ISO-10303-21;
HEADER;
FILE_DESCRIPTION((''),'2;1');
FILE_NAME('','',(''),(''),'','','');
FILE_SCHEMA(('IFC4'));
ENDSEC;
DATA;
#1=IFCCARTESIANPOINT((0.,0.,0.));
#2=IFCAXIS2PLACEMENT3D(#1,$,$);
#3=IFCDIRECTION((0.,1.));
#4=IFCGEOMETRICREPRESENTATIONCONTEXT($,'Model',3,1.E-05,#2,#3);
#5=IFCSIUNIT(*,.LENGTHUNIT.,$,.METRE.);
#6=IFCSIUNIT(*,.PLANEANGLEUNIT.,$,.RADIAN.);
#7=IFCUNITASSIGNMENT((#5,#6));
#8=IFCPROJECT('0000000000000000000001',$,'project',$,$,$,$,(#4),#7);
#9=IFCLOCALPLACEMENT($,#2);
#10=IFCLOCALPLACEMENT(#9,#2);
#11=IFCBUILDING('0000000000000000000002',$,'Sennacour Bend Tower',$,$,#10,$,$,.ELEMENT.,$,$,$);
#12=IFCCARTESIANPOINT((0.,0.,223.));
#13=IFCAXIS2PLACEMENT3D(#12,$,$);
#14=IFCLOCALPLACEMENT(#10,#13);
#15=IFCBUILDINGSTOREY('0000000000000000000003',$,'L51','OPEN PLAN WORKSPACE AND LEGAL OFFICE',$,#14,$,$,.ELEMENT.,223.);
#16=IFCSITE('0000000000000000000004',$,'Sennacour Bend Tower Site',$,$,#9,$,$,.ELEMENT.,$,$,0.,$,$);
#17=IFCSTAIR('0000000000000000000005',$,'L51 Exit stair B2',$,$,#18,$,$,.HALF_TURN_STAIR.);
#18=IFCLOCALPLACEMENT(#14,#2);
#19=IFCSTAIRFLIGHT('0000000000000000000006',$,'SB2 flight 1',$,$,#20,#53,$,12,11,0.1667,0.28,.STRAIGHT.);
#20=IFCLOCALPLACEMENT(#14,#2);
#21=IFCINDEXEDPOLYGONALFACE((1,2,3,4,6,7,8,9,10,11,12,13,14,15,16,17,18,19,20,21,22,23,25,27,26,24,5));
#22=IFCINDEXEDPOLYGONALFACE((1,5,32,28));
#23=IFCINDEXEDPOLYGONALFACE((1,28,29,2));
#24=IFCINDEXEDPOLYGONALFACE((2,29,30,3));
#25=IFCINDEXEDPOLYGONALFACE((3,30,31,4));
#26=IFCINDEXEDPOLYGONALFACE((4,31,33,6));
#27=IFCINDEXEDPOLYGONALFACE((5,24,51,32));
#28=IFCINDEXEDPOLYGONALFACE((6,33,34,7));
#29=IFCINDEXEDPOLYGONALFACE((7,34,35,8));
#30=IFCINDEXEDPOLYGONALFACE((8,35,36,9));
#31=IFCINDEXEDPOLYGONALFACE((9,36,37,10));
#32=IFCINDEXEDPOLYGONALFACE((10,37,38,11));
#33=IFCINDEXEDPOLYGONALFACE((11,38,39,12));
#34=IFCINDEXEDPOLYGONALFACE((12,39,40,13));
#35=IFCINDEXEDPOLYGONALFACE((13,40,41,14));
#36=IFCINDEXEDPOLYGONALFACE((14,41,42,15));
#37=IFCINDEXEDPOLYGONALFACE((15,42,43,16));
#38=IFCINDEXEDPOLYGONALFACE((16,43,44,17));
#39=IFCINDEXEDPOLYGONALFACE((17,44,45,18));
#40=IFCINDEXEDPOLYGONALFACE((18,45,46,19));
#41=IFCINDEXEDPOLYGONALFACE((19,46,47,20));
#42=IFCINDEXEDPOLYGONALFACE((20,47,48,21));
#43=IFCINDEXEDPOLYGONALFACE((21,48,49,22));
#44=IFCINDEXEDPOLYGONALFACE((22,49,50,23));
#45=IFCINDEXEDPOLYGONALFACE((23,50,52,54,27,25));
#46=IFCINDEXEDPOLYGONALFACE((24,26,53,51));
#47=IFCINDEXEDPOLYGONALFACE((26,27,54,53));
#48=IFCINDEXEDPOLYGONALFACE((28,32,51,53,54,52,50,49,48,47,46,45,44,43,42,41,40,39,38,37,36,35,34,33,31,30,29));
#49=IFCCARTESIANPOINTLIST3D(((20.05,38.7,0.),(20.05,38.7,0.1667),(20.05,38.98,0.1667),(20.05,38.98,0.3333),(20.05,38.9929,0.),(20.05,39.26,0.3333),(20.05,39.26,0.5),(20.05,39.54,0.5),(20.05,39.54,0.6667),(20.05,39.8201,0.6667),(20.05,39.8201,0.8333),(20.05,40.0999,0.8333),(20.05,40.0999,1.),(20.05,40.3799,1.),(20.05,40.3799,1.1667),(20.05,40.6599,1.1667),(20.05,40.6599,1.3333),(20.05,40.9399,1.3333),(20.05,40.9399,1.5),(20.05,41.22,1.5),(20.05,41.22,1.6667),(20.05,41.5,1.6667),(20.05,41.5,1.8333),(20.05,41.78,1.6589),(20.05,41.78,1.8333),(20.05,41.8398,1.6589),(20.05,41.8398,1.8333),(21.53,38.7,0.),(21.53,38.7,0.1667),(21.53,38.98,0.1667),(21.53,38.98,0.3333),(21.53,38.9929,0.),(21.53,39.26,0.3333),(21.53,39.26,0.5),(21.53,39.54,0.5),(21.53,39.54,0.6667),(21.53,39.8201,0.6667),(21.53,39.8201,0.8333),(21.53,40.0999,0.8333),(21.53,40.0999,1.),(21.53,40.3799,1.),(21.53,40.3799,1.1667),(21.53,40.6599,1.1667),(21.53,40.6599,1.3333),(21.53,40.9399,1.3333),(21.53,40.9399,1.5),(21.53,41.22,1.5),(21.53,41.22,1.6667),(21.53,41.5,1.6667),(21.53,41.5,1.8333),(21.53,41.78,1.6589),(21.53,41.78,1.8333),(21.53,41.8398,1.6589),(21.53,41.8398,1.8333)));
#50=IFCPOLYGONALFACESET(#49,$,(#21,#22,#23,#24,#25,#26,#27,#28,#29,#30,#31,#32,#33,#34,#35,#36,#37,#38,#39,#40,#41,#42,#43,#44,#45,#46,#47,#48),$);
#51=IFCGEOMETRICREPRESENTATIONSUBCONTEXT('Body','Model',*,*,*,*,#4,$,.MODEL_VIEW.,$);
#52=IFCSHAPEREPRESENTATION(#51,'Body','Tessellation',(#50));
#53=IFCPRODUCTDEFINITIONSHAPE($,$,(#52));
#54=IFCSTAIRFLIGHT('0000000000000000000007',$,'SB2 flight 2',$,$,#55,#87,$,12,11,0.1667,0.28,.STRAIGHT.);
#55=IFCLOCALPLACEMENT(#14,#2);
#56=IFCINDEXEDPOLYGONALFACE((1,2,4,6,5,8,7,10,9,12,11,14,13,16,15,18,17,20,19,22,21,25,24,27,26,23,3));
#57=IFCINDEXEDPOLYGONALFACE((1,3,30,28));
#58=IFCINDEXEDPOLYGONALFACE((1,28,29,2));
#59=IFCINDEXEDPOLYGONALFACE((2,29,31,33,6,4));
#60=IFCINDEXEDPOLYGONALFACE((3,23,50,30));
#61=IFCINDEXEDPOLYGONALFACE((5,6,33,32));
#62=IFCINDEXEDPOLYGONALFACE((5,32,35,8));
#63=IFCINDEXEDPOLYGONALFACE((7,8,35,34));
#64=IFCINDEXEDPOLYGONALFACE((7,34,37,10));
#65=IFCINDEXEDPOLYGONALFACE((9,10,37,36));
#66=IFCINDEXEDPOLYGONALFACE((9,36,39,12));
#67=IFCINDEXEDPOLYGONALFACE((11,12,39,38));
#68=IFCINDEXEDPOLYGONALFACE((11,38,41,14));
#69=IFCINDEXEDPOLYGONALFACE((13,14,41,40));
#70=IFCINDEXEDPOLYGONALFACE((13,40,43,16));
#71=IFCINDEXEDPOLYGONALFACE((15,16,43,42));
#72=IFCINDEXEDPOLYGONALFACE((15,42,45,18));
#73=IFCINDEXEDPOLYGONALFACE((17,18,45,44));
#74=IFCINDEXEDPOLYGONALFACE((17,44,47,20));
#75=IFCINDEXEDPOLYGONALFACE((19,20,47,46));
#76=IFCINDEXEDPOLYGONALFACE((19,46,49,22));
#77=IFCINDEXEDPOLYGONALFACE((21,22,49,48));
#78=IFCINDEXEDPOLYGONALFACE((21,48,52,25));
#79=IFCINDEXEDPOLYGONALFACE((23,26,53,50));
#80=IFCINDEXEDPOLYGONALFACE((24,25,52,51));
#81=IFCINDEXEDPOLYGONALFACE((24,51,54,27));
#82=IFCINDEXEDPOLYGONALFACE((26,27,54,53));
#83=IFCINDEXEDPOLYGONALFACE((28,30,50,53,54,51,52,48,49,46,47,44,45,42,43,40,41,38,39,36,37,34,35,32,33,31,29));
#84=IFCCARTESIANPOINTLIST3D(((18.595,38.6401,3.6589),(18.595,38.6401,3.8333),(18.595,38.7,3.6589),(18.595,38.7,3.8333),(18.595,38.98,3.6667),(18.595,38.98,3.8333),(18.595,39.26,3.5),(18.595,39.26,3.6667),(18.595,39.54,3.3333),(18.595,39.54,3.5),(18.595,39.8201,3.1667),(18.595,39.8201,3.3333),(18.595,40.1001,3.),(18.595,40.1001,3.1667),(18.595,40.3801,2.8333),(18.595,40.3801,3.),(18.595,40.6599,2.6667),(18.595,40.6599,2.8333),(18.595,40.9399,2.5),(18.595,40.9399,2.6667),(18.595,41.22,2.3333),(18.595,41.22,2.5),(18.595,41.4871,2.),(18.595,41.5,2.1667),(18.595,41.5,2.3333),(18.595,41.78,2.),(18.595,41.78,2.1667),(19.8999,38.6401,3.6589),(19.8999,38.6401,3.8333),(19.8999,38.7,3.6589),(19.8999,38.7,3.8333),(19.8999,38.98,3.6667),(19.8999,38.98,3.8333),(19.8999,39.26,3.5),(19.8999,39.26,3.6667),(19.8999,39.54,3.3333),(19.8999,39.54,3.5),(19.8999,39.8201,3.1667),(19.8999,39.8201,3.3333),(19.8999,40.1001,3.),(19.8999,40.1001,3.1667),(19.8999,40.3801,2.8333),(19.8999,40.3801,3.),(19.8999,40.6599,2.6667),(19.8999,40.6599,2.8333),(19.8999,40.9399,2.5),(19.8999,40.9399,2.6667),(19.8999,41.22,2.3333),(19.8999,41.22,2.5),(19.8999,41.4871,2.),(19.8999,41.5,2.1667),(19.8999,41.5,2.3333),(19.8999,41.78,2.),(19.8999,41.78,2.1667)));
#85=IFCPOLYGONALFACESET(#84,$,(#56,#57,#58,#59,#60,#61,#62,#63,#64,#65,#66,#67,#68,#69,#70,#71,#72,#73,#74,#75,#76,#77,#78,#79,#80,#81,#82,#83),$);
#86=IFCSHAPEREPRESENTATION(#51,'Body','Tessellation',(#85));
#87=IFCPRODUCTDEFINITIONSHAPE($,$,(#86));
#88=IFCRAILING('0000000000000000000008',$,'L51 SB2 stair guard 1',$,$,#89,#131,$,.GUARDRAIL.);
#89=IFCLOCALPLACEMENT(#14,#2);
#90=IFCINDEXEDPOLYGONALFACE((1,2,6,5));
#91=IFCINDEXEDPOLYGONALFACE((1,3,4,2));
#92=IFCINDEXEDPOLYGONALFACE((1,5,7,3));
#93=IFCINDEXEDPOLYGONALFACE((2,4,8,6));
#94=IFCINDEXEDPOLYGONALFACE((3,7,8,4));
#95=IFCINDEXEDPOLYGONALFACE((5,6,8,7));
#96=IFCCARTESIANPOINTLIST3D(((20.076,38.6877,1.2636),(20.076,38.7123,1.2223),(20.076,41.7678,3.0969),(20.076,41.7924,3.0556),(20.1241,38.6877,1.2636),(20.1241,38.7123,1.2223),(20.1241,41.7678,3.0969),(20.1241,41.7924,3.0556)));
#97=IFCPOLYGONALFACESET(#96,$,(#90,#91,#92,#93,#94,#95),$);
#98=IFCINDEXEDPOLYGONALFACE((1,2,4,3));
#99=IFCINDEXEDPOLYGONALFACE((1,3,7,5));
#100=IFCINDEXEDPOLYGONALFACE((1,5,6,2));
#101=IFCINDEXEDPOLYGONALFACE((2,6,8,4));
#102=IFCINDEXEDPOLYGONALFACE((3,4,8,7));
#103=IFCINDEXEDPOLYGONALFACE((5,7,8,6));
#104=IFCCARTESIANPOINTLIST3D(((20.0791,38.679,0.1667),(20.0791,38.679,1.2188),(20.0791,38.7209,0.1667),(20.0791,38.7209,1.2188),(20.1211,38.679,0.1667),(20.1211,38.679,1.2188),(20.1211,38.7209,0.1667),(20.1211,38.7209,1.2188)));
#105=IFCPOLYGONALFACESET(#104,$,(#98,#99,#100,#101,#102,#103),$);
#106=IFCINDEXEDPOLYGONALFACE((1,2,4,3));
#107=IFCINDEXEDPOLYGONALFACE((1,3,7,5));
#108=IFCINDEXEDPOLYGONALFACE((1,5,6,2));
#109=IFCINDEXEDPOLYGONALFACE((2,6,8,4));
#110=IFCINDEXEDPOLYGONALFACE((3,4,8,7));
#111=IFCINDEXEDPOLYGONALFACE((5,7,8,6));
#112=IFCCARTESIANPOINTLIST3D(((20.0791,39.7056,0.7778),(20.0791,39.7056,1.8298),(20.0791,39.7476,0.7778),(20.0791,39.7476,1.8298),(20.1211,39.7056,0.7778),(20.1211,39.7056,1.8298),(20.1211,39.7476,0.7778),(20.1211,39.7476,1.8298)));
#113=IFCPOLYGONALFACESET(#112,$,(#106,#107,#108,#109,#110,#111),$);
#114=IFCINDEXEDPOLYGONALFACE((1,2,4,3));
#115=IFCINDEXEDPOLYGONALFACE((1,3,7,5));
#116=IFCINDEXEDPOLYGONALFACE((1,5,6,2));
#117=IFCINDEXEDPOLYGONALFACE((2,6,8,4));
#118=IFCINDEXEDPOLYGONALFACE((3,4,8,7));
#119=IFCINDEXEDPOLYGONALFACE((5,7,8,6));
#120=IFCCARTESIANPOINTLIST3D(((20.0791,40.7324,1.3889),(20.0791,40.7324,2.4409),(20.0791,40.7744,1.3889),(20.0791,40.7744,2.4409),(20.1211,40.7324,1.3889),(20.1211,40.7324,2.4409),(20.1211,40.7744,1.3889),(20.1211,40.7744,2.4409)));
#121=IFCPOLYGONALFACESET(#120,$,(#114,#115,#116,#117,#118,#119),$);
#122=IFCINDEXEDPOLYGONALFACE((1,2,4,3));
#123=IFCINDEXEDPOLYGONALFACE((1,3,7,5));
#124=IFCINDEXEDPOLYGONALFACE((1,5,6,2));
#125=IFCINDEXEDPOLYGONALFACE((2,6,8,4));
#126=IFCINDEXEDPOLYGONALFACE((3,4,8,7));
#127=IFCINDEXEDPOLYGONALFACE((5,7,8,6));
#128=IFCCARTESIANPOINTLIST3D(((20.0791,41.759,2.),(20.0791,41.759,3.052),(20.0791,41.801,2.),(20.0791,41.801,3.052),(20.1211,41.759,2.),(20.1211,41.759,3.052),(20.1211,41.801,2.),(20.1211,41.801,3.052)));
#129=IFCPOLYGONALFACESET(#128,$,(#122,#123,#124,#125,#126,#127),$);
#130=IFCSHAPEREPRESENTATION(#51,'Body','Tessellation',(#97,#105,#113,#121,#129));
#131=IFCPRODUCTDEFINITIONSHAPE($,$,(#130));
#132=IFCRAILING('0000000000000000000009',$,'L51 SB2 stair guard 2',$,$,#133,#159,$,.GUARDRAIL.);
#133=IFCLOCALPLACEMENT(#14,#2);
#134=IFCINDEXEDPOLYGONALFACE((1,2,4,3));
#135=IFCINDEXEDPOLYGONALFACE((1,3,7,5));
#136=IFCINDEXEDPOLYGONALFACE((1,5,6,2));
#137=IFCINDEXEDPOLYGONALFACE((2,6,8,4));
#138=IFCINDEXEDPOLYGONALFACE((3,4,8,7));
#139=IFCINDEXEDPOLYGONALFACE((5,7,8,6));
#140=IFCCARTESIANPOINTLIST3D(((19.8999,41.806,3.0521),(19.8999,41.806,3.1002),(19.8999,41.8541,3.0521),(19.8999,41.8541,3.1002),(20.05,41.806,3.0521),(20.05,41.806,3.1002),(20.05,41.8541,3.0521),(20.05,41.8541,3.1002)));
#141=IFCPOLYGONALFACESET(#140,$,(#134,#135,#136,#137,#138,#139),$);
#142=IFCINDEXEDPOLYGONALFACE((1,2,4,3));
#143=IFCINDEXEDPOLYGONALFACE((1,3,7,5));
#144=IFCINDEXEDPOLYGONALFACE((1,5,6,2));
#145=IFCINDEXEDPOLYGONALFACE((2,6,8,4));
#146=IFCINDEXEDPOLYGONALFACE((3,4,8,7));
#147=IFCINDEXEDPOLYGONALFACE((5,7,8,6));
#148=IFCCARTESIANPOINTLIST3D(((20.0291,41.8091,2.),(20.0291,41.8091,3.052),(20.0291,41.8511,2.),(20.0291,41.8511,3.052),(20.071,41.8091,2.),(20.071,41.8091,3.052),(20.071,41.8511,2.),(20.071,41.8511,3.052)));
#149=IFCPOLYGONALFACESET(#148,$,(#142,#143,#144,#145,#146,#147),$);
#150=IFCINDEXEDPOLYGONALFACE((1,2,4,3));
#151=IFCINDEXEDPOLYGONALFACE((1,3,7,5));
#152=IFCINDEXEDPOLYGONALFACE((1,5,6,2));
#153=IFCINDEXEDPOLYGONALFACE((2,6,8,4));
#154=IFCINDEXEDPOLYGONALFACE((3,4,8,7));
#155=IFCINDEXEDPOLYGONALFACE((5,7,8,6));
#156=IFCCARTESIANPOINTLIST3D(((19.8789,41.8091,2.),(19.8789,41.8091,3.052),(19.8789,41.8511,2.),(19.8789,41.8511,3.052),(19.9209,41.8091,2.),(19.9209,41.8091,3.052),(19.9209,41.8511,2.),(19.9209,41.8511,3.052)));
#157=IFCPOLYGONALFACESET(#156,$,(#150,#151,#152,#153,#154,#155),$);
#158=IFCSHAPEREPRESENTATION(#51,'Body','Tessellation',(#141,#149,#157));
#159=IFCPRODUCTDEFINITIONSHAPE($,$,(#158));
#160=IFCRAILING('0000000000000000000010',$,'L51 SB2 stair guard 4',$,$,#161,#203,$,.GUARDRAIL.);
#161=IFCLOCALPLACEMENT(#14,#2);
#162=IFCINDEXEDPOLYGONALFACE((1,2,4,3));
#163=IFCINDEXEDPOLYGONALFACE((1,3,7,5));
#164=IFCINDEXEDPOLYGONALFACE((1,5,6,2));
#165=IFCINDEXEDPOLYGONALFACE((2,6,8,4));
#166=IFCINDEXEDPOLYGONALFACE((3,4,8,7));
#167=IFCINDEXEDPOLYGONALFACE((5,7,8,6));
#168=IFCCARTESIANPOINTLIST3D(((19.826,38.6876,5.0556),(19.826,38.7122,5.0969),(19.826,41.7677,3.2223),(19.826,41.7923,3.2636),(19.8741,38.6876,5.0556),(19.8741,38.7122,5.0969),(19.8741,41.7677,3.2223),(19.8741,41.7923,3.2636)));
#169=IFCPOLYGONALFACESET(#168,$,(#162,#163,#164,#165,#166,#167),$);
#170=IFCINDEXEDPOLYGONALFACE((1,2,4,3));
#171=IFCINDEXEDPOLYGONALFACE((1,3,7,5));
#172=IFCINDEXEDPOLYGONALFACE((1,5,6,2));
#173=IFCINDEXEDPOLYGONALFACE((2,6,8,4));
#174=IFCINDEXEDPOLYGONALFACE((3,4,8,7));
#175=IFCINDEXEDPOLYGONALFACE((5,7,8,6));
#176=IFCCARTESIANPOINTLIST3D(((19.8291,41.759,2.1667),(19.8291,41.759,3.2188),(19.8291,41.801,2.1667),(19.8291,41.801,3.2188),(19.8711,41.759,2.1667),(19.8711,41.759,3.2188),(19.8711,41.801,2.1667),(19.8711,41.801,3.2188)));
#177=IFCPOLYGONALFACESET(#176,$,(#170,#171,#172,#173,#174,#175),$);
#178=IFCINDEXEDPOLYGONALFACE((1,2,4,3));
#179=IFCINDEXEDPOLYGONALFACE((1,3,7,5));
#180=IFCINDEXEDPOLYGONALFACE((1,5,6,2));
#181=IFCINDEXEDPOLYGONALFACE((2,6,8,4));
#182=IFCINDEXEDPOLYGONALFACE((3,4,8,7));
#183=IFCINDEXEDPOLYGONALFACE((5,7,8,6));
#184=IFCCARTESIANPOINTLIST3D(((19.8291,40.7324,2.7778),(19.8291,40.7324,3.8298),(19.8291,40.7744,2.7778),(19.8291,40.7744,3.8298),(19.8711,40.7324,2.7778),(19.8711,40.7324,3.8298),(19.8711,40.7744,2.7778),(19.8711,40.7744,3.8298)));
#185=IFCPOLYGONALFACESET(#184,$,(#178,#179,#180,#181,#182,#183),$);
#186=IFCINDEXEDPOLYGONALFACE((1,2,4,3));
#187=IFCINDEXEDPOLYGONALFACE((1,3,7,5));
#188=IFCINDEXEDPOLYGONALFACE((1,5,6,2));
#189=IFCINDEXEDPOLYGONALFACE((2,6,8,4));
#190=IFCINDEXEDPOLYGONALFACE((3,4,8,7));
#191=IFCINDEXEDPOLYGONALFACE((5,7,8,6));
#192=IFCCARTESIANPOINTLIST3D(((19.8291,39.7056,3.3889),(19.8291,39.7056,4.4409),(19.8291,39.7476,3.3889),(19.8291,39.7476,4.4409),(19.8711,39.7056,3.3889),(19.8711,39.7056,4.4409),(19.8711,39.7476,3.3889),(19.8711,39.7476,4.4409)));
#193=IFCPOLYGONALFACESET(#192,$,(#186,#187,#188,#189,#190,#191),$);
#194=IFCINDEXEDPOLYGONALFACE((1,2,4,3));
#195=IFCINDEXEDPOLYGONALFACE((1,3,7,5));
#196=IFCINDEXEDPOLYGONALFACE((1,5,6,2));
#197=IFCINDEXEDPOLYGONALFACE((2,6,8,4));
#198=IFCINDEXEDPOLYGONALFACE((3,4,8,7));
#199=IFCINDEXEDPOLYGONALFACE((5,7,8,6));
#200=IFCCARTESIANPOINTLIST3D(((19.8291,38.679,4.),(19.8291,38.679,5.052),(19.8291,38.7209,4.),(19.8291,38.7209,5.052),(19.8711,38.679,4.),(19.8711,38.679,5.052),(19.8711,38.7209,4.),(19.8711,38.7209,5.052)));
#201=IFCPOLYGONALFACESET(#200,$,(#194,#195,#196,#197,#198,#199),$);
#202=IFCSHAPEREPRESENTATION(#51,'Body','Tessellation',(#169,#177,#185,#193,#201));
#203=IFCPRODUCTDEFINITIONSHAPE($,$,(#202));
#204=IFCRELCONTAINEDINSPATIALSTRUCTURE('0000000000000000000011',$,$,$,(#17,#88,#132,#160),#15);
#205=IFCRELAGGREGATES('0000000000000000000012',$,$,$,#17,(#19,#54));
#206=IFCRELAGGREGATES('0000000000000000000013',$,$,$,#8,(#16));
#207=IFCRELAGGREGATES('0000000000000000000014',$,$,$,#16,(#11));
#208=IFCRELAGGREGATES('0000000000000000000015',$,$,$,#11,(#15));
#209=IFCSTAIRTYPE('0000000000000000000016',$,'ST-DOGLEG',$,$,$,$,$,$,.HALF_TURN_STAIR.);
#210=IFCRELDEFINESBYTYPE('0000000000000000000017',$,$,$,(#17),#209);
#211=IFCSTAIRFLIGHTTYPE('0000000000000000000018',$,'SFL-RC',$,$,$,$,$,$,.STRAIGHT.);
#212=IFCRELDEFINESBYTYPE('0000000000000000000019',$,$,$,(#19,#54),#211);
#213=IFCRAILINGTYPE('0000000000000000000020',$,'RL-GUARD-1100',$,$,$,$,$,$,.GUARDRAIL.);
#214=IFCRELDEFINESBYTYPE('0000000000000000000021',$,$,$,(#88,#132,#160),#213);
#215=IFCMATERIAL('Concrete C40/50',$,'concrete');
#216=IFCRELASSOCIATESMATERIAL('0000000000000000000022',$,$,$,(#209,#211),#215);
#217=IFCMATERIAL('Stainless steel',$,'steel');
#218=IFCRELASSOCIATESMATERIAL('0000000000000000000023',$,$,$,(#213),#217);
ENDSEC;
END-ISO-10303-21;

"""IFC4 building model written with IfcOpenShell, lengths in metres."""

from ifc_helpers import new_model, si_unit, direction, frame, origin, origin_2d, place, context, subcontext, project, spatial, polyline, rectangle, outline, extrude, material, type_object, element, aggregate, save


model = new_model("IFC4")

# Units and contexts
model_context = context("Model", 3, precision=1e-05, world=origin(), true_north=direction((0.0, 1.0)))
body_context = subcontext(model_context, "Body", "Model", "MODEL_VIEW")
ifc_project = project(units=[si_unit("LENGTHUNIT", "METRE"), si_unit("PLANEANGLEUNIT", "RADIAN")], contexts=[model_context])

# Site, building, storey
site_placement = place(None, origin())
site = spatial("IfcSite", under=ifc_project, at=site_placement, Name="Sennacour Bend Tower Site", CompositionType="ELEMENT", RefElevation=0.0)
building_placement = place(site_placement, origin())
building = spatial("IfcBuilding", under=site, at=building_placement, Name="Sennacour Bend Tower", CompositionType="ELEMENT")
storey_placement = place(building_placement, frame((0.0, 0.0, 223.0)))
storey = spatial("IfcBuildingStorey", under=building, at=storey_placement, Name="L51", Description="OPEN PLAN WORKSPACE AND LEGAL OFFICE", CompositionType="ELEMENT", Elevation=223.0)

# Shared definitions
ifc_material_1 = material(Name="Stainless steel", Category="steel")

# Stair, stair flights
ifc_material_2 = material(Name="Concrete C40/50", Category="concrete")
stair_type = type_object("IfcStairType", Name="ST-DOGLEG", PredefinedType="HALF_TURN_STAIR", material=ifc_material_2)
stair_placement = place(storey_placement, origin())
stair = element("IfcStair", 1, at=stair_placement, inside=storey, type_object=stair_type, Name="L51 Exit stair B2", PredefinedType="HALF_TURN_STAIR")
stair_flight_type = type_object("IfcStairFlightType", Name="SFL-RC", PredefinedType="STRAIGHT", material=ifc_material_2)
stair_flight_1_placement = place(storey_placement, frame((20.79, 38.7, 0.0), z_axis=(0.0, 0.0, 1.0), x_axis=(0.0, 1.0, 0.0)))
stair_flight_1 = element("IfcStairFlight", 2, at=stair_flight_1_placement, type_object=stair_flight_type, Name="SB2 flight 1", NumberOfRisers=12, NumberOfTreads=11, PredefinedType="STRAIGHT", RiserHeight=0.1667, TreadLength=0.28, context=body_context, shape_type="SweptSolid", body=[
    extrude(outline(polyline([(0.0, 0.0), (0.0, 0.1667), (0.28, 0.1667), (0.28, 0.3333), (0.5601, 0.3333), (0.5601, 0.5), (0.8401, 0.5), (0.8401, 0.6667), (1.1201, 0.6667), (1.1201, 0.8333), (1.3999, 0.8333), (1.3999, 1.0), (1.6799, 1.0), (1.6799, 1.1667), (1.96, 1.1667), (1.96, 1.3333), (2.24, 1.3333), (2.24, 1.5), (2.52, 1.5), (2.52, 1.6667), (2.8, 1.6667), (2.8, 1.8333), (3.0801, 1.8333), (3.1399, 1.8333), (3.1399, 1.6589), (3.0801, 1.6589), (0.293, 0.0), (0.0, 0.0)])), frame((0.0, 0.74, 0.0), z_axis=(0.0, -1.0, 0.0), x_axis=(1.0, 0.0, 0.0)), (0.0, 0.0, 1.0), 1.48),
])
stair_flight_2_placement = place(storey_placement, frame((19.2476, 41.78, 2.0), z_axis=(0.0, 0.0, 1.0), x_axis=(0.0, -1.0, 0.0)))
stair_flight_2 = element("IfcStairFlight", 3, at=stair_flight_2_placement, type_object=stair_flight_type, Name="SB2 flight 2", NumberOfRisers=12, NumberOfTreads=11, PredefinedType="STRAIGHT", RiserHeight=0.1667, TreadLength=0.28, context=body_context, shape_type="SweptSolid", body=[
    extrude(outline(polyline([(0.0, 0.0), (0.0, 0.1667), (0.28, 0.1667), (0.28, 0.3333), (0.5601, 0.3333), (0.5601, 0.5), (0.8401, 0.5), (0.8401, 0.6667), (1.1201, 0.6667), (1.1201, 0.8333), (1.3999, 0.8333), (1.3999, 1.0), (1.6799, 1.0), (1.6799, 1.1667), (1.96, 1.1667), (1.96, 1.3333), (2.24, 1.3333), (2.24, 1.5), (2.52, 1.5), (2.52, 1.6667), (2.8, 1.6667), (2.8, 1.8333), (3.0801, 1.8333), (3.1399, 1.8333), (3.1399, 1.6589), (3.0801, 1.6589), (0.293, 0.0), (0.0, 0.0)])), frame((0.0, 0.6523, 0.0), z_axis=(0.0, -1.0, 0.0), x_axis=(1.0, 0.0, 0.0)), (0.0, 0.0, 1.0), 1.3049),
])
aggregate(stair, [stair_flight_1, stair_flight_2])

# Railings
railing_type_1 = type_object("IfcRailingType", Name="RL-GUARD-1100", PredefinedType="GUARDRAIL", material=ifc_material_1)
railing_1_placement = place(storey_placement, frame((20.1001, 38.7, 0.1667)))
element("IfcRailing", 4, at=railing_1_placement, inside=storey, type_object=railing_type_1, Name="L51 SB2 stair guard 1", PredefinedType="GUARDRAIL", context=body_context, shape_type="SweptSolid", body=[
    extrude(rectangle(XDim=0.0481, YDim=0.0481, at=origin_2d()), frame((0.0, 0.0, 1.0762), z_axis=(0.0, 0.859309, 0.511458), x_axis=(-1.0, 0.0, 0.0)), (0.0, 0.0, 1.0), 3.5845),
    extrude(rectangle(XDim=0.042, YDim=0.042, at=origin_2d()), origin(), (0.0, 0.0, 1.0), 1.052),
    extrude(rectangle(XDim=0.042, YDim=0.042, at=origin_2d()), frame((0.0, 1.0266, 0.6111)), (0.0, 0.0, 1.0), 1.052),
    extrude(rectangle(XDim=0.042, YDim=0.042, at=origin_2d()), frame((0.0, 2.0535, 1.2222)), (0.0, 0.0, 1.0), 1.052),
    extrude(rectangle(XDim=0.042, YDim=0.042, at=origin_2d()), frame((0.0, 3.0801, 1.8333)), (0.0, 0.0, 1.0), 1.052),
])
railing_2_placement = place(storey_placement, frame((20.05, 41.8301, 2.0)))
element("IfcRailing", 5, at=railing_2_placement, inside=storey, type_object=railing_type_1, Name="L51 SB2 stair guard 2", PredefinedType="GUARDRAIL", context=body_context, shape_type="SweptSolid", body=[
    extrude(rectangle(XDim=0.0481, YDim=0.0481, at=origin_2d()), frame((0.0, 0.0, 1.0762), z_axis=(-1.0, 0.0, 0.0), x_axis=(0.0, -1.0, 0.0)), (0.0, 0.0, 1.0), 0.1501),
    extrude(rectangle(XDim=0.042, YDim=0.042, at=origin_2d()), origin(), (0.0, 0.0, 1.0), 1.052),
    extrude(rectangle(XDim=0.042, YDim=0.042, at=origin_2d()), frame((-0.1501, 0.0, 0.0)), (0.0, 0.0, 1.0), 1.052),
])
railing_3_placement = place(storey_placement, frame((19.8501, 41.78, 2.1667)))
element("IfcRailing", 6, at=railing_3_placement, inside=storey, type_object=railing_type_1, Name="L51 SB2 stair guard 4", PredefinedType="GUARDRAIL", context=body_context, shape_type="SweptSolid", body=[
    extrude(rectangle(XDim=0.0481, YDim=0.0481, at=origin_2d()), frame((0.0, 0.0, 1.0762), z_axis=(0.0, -0.859309, 0.511458), x_axis=(1.0, 0.0, 0.0)), (0.0, 0.0, 1.0), 3.5845),
    extrude(rectangle(XDim=0.042, YDim=0.042, at=origin_2d()), origin(), (0.0, 0.0, 1.0), 1.052),
    extrude(rectangle(XDim=0.042, YDim=0.042, at=origin_2d()), frame((0.0, -1.0266, 0.6111)), (0.0, 0.0, 1.0), 1.052),
    extrude(rectangle(XDim=0.042, YDim=0.042, at=origin_2d()), frame((0.0, -2.0535, 1.2222)), (0.0, 0.0, 1.0), 1.052),
    extrude(rectangle(XDim=0.042, YDim=0.042, at=origin_2d()), frame((0.0, -3.0801, 1.8333)), (0.0, 0.0, 1.0), 1.052),
])

save(model, "model.ifc")
